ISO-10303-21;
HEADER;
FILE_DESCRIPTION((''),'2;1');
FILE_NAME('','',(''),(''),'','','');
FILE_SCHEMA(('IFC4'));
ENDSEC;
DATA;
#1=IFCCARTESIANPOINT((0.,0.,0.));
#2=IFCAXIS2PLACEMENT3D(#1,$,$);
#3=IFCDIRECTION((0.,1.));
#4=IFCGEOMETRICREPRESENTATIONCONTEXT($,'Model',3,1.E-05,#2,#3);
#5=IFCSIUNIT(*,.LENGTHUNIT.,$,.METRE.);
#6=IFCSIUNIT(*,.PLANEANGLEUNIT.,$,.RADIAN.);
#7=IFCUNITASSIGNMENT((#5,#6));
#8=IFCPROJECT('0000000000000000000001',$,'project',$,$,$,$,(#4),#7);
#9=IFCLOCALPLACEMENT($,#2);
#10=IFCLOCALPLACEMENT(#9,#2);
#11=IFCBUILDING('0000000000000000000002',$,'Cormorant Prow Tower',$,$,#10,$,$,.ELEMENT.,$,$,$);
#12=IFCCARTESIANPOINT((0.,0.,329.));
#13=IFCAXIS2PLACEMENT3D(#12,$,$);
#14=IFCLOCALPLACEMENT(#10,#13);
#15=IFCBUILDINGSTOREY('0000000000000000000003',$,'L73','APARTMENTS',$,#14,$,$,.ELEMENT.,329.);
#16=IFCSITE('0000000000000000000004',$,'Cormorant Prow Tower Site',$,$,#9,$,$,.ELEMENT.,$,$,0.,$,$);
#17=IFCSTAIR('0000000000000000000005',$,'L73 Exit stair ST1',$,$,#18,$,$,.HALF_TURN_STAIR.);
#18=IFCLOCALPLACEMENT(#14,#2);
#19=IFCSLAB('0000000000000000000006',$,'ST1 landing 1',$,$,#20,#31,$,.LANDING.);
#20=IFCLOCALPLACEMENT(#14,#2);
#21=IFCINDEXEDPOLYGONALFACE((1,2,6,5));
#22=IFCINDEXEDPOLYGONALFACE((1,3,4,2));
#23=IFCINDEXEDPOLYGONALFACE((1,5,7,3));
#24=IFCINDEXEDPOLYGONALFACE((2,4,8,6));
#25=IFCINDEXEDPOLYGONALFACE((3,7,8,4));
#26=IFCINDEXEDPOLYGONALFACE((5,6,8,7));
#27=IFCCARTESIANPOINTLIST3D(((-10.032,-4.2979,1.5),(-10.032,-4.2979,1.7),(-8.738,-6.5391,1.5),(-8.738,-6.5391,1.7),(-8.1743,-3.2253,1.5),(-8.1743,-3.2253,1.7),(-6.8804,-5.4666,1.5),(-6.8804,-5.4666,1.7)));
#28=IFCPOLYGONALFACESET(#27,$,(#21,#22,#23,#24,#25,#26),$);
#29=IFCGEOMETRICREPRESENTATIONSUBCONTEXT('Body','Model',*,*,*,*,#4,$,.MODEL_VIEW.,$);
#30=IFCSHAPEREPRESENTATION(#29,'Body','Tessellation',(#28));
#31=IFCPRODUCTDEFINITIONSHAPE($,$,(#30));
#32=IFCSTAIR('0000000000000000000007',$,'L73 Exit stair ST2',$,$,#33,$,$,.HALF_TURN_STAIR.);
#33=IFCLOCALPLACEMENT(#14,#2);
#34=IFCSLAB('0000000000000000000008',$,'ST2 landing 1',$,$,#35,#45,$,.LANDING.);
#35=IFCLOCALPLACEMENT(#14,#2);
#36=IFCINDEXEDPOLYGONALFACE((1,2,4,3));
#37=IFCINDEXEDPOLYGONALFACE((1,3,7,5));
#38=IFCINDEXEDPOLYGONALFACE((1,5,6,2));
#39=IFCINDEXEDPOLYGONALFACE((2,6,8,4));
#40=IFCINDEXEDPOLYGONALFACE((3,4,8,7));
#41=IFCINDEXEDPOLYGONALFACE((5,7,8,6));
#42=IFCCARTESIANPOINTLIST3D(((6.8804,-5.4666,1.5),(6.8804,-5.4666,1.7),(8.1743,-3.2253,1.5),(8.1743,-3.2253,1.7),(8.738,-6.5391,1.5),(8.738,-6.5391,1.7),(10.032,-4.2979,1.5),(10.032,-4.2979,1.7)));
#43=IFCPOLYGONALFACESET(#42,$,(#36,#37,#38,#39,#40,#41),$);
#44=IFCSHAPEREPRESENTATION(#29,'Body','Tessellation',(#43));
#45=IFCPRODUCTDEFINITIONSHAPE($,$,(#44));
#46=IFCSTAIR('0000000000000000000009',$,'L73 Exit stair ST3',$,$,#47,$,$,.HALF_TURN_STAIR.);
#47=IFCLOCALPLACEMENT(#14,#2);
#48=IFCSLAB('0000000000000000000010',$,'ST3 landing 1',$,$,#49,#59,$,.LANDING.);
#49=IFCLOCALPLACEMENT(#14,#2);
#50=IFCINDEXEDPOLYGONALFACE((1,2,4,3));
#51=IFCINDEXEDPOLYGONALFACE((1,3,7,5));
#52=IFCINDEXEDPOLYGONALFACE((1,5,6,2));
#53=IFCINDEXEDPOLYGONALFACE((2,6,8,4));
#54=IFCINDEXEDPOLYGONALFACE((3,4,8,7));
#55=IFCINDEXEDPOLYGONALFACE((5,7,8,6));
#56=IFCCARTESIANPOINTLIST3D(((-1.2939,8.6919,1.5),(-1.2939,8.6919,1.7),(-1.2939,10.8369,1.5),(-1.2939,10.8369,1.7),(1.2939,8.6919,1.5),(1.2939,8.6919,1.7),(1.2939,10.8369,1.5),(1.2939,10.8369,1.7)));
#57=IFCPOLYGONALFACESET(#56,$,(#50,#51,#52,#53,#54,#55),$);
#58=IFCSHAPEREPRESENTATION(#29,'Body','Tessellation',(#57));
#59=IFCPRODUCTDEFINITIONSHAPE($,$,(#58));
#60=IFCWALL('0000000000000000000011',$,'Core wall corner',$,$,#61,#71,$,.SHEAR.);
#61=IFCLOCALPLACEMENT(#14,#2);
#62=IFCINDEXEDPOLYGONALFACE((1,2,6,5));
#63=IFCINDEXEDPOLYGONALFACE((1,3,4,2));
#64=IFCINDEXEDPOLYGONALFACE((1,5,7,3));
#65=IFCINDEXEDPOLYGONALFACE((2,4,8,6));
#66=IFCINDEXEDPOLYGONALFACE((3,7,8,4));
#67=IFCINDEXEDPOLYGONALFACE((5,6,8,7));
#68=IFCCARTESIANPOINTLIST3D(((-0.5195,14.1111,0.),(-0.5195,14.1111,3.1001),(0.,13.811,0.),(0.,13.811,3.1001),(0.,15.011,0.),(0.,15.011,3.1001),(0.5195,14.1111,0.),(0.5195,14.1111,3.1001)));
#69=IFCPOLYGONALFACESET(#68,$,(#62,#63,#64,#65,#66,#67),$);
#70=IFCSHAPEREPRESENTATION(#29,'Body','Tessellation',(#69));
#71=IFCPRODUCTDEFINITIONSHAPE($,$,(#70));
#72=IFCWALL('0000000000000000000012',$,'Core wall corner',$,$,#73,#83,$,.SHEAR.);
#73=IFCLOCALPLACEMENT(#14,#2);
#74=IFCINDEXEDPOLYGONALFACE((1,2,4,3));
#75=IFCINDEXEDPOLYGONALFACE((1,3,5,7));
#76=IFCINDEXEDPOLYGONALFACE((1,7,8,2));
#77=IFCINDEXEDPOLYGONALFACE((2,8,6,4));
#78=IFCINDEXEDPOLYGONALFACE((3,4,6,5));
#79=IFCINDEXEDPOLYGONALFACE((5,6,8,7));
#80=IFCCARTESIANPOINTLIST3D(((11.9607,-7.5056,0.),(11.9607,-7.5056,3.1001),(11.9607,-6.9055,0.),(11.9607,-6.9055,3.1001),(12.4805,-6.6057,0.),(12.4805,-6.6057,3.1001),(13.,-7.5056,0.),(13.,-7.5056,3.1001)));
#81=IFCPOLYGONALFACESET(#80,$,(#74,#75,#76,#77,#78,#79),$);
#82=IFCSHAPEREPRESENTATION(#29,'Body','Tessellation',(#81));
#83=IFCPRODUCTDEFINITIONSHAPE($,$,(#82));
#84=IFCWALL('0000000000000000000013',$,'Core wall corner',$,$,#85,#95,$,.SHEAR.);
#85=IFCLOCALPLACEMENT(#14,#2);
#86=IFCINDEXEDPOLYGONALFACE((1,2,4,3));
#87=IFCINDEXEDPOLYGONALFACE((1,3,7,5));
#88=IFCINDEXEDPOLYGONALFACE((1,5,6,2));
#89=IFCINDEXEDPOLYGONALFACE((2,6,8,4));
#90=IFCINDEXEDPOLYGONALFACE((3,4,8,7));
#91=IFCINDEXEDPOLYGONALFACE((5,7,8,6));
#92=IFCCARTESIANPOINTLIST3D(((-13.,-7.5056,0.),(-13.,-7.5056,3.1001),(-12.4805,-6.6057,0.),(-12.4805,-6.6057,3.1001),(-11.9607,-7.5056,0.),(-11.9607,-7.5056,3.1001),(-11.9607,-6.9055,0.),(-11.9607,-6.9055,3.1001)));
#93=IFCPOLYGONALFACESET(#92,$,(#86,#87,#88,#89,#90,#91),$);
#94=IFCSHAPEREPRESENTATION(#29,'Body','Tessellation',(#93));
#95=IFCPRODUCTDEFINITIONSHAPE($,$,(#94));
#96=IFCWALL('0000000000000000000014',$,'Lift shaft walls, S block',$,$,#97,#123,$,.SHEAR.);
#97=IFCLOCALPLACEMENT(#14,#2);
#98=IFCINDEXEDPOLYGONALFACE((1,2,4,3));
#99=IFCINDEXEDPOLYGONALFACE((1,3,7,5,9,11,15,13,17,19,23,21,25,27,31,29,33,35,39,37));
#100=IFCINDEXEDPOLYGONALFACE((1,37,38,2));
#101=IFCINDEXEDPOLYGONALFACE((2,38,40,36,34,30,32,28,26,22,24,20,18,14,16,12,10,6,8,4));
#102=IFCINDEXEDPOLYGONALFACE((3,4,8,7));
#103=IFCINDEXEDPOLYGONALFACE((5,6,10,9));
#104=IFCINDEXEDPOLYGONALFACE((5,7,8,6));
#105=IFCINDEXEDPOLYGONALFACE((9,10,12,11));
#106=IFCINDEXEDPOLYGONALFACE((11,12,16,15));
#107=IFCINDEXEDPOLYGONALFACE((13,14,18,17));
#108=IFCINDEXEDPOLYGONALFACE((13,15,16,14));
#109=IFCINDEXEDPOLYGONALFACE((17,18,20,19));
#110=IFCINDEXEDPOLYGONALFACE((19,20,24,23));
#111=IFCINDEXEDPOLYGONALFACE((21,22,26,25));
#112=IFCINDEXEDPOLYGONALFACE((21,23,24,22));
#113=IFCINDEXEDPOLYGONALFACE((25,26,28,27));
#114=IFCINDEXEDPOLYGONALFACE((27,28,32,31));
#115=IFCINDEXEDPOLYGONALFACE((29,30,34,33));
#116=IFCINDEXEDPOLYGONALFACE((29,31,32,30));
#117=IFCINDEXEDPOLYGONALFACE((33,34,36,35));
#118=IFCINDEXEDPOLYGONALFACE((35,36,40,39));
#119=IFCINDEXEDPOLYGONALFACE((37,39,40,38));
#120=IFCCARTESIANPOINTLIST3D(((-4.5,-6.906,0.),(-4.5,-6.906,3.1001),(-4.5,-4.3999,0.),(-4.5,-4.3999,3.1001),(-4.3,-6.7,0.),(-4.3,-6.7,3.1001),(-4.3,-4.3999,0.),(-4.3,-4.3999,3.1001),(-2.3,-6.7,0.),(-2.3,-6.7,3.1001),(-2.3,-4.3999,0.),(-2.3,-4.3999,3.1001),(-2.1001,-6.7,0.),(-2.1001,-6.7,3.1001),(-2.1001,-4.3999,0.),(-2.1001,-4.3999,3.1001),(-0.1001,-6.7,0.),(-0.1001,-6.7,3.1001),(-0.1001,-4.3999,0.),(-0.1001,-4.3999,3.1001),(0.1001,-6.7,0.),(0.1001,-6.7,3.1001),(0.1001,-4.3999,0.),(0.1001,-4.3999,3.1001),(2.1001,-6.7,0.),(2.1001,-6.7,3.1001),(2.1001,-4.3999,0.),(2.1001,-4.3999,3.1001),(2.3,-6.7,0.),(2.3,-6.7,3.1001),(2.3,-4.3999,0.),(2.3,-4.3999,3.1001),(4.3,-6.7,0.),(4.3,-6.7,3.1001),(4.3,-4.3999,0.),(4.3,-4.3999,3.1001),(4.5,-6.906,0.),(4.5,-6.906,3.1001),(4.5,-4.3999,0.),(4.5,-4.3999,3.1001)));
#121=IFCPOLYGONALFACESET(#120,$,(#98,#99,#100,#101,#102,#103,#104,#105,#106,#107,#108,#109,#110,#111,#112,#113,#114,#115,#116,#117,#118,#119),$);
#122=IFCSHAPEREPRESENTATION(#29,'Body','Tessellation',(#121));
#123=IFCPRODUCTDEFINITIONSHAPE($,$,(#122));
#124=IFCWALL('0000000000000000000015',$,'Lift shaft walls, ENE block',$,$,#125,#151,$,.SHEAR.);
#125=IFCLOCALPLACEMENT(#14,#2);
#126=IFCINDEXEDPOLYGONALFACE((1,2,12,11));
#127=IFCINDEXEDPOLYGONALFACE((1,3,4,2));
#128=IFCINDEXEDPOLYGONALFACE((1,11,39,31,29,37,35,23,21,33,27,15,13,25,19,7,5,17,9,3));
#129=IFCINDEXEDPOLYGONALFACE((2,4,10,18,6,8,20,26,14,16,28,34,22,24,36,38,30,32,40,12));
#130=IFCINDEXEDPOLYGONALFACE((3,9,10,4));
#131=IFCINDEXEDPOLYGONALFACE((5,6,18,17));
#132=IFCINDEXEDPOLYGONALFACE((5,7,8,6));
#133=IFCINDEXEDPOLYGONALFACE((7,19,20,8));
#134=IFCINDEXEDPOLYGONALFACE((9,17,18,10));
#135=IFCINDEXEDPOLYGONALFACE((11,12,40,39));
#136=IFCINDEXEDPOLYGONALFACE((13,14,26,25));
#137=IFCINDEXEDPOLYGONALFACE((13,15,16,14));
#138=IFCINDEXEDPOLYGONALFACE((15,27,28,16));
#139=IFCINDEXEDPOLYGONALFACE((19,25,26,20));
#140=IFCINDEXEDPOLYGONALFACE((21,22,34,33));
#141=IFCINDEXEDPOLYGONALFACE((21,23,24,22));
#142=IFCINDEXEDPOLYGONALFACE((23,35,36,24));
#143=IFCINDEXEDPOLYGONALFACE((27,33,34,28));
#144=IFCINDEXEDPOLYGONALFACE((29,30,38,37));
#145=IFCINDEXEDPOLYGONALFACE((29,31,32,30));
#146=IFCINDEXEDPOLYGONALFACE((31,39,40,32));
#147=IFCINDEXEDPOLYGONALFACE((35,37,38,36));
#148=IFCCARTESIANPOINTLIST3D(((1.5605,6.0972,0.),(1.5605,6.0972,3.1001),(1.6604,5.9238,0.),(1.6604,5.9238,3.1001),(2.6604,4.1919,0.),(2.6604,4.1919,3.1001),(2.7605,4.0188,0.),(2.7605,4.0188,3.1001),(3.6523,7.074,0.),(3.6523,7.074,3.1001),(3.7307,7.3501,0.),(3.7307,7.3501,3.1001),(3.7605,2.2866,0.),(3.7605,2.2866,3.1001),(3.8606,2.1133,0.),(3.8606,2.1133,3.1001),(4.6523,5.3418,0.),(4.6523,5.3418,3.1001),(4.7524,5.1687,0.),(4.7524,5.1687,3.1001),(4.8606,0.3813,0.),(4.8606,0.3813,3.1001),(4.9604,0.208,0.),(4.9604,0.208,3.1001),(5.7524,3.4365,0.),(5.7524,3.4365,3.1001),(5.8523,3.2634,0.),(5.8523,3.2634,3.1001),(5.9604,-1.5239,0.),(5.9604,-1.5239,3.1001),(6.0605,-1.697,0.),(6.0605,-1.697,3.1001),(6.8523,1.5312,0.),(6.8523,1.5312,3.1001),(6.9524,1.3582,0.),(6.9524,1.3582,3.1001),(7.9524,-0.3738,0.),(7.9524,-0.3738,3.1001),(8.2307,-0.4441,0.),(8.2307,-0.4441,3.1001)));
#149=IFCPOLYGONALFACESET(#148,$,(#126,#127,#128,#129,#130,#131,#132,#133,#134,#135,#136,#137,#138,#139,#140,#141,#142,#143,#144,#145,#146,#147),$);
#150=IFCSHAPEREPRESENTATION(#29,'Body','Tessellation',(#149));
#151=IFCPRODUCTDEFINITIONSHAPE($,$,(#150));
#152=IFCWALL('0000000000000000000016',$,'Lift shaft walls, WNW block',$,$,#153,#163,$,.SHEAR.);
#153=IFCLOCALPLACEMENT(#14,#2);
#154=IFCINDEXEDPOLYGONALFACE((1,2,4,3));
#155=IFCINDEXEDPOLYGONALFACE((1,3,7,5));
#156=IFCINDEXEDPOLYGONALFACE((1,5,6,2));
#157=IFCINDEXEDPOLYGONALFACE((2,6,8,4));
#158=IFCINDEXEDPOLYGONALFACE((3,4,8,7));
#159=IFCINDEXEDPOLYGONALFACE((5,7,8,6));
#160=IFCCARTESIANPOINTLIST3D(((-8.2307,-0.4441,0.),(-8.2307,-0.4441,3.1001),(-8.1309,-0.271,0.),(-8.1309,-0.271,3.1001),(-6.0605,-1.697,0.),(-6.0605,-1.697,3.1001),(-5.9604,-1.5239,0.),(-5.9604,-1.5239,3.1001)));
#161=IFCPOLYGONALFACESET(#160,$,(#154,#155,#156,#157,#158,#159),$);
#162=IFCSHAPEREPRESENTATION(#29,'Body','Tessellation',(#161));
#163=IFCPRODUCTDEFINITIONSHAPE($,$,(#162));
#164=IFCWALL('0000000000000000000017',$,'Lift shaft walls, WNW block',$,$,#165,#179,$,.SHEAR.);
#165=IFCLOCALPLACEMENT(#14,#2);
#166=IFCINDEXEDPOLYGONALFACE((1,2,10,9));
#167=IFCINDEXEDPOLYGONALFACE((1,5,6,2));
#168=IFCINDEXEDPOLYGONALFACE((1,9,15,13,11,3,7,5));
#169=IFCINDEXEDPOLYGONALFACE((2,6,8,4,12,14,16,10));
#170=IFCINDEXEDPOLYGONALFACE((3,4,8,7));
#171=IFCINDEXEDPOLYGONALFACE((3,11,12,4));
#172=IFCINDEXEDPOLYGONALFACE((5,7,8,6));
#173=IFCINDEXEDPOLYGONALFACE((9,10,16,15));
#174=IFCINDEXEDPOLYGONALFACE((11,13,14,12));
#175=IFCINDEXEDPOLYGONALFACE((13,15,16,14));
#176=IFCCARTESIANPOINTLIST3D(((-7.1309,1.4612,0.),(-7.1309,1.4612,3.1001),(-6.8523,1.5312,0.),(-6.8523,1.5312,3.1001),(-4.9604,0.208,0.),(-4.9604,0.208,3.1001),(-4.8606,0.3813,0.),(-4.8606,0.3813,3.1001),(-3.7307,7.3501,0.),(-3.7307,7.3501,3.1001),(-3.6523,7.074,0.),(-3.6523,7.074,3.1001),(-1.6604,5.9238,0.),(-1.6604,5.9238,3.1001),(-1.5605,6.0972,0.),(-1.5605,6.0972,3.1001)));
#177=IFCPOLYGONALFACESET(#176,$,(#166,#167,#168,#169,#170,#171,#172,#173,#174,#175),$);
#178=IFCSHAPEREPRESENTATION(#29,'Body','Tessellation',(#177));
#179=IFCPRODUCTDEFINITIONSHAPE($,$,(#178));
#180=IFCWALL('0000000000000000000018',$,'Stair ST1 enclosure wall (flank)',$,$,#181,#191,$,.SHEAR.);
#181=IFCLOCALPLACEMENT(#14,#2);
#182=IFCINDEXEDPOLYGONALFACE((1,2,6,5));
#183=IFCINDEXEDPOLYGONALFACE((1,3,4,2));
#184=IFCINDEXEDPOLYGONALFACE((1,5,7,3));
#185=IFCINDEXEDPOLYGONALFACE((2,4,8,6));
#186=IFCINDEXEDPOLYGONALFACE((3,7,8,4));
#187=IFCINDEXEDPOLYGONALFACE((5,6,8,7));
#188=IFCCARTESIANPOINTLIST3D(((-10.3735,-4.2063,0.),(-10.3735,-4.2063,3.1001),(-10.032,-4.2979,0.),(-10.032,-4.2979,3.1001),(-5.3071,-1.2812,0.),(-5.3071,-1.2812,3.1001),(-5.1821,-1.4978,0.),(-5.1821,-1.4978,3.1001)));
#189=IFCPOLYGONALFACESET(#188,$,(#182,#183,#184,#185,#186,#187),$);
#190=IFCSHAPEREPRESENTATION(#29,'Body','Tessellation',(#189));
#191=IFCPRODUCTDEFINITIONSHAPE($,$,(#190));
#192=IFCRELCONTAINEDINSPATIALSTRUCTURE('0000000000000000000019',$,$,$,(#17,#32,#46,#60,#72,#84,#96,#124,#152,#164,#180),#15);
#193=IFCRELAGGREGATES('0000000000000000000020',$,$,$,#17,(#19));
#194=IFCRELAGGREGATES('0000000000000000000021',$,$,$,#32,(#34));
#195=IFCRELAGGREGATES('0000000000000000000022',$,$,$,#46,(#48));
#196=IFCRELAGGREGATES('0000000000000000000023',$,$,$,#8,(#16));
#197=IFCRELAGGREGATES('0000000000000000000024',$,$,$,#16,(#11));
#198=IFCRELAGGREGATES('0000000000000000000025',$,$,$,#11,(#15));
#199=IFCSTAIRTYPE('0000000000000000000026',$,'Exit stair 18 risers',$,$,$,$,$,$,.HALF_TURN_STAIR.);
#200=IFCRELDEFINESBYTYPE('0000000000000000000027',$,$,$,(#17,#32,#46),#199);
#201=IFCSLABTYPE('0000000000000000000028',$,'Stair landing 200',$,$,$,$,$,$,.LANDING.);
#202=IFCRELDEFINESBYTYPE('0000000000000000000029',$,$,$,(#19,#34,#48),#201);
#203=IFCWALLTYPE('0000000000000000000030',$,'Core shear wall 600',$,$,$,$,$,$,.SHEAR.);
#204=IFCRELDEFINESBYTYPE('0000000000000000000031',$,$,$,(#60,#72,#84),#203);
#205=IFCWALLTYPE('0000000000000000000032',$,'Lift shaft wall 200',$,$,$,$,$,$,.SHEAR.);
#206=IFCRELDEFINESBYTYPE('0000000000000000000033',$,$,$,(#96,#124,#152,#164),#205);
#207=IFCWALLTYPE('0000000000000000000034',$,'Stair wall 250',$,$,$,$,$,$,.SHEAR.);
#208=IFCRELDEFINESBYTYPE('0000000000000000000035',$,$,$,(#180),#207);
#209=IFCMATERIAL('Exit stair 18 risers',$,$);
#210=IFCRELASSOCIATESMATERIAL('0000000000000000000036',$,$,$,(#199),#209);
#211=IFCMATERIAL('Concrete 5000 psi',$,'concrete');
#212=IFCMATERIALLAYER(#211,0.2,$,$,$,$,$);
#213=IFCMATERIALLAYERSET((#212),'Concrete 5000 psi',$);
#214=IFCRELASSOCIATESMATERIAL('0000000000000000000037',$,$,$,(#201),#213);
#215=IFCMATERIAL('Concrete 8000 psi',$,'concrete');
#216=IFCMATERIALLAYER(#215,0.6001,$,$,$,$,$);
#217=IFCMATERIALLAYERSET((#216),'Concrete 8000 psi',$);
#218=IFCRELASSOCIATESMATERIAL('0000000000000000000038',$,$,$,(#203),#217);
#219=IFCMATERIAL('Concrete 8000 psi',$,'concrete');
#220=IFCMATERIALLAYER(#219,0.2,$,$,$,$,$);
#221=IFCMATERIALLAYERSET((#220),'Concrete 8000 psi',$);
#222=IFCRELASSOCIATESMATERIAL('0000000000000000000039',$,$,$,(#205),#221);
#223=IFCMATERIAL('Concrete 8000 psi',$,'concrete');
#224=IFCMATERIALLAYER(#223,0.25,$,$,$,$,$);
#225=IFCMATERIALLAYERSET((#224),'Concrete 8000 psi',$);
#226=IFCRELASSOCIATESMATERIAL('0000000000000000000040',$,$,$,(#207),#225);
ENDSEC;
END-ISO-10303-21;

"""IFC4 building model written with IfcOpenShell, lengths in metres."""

from ifc_helpers import new_model, si_unit, direction, frame, origin, place, context, subcontext, project, spatial, polyline, outline, extrude, material, layer, layer_set, type_object, element, aggregate, save


model = new_model("IFC4")

# Units and contexts
model_context = context("Model", 3, precision=1e-05, world=origin(), true_north=direction((0.0, 1.0)))
body_context = subcontext(model_context, "Body", "Model", "MODEL_VIEW")
ifc_project = project(units=[si_unit("LENGTHUNIT", "METRE"), si_unit("PLANEANGLEUNIT", "RADIAN")], contexts=[model_context])

# Site, building, storey
site_placement = place(None, origin())
site = spatial("IfcSite", under=ifc_project, at=site_placement, Name="Cormorant Prow Tower Site", CompositionType="ELEMENT", RefElevation=0.0)
building_placement = place(site_placement, origin())
building = spatial("IfcBuilding", under=site, at=building_placement, Name="Cormorant Prow Tower", CompositionType="ELEMENT")
storey_placement = place(building_placement, frame((0.0, 0.0, 329.0)))
storey = spatial("IfcBuildingStorey", under=building, at=storey_placement, Name="L73", Description="APARTMENTS", CompositionType="ELEMENT", Elevation=329.0)

# Stairs, slabs
ifc_material_1 = material(Name="Exit stair 18 risers")
stair_type = type_object("IfcStairType", Name="Exit stair 18 risers", PredefinedType="HALF_TURN_STAIR", material=ifc_material_1)
stair_1_placement = place(storey_placement, origin())
stair_1 = element("IfcStair", 1, at=stair_1_placement, inside=storey, type_object=stair_type, Name="L73 Exit stair ST1", PredefinedType="HALF_TURN_STAIR")
ifc_material_2 = material(Name="Concrete 5000 psi", Category="concrete")
ifc_layer_1 = layer(ifc_material_2, 0.2)
ifc_layer_set_1 = layer_set([ifc_layer_1], Name="Concrete 5000 psi")
slab_type = type_object("IfcSlabType", Name="Stair landing 200", PredefinedType="LANDING", material=ifc_layer_set_1)
slab_1_placement = place(storey_placement, frame((0.0, 0.0, 1.5)))
slab_1 = element("IfcSlab", 2, at=slab_1_placement, type_object=slab_type, Name="ST1 landing 1", PredefinedType="LANDING", context=body_context, shape_type="SweptSolid", body=[
    extrude(outline(polyline([(-8.1743, -3.2253), (-10.032, -4.2979), (-8.738, -6.5391), (-6.8804, -5.4666), (-8.1743, -3.2253)])), origin(), (0.0, 0.0, 1.0), 0.2),
])
aggregate(stair_1, [slab_1])
stair_2_placement = place(storey_placement, origin())
stair_2 = element("IfcStair", 3, at=stair_2_placement, inside=storey, type_object=stair_type, Name="L73 Exit stair ST2", PredefinedType="HALF_TURN_STAIR")
slab_2_placement = place(storey_placement, frame((0.0, 0.0, 1.5)))
slab_2 = element("IfcSlab", 4, at=slab_2_placement, type_object=slab_type, Name="ST2 landing 1", PredefinedType="LANDING", context=body_context, shape_type="SweptSolid", body=[
    extrude(outline(polyline([(6.8804, -5.4666), (8.738, -6.5391), (10.032, -4.2979), (8.1743, -3.2253), (6.8804, -5.4666)])), origin(), (0.0, 0.0, 1.0), 0.2),
])
aggregate(stair_2, [slab_2])
stair_3_placement = place(storey_placement, origin())
stair_3 = element("IfcStair", 5, at=stair_3_placement, inside=storey, type_object=stair_type, Name="L73 Exit stair ST3", PredefinedType="HALF_TURN_STAIR")
slab_3_placement = place(storey_placement, frame((0.0, 0.0, 1.5)))
slab_3 = element("IfcSlab", 6, at=slab_3_placement, type_object=slab_type, Name="ST3 landing 1", PredefinedType="LANDING", context=body_context, shape_type="SweptSolid", body=[
    extrude(outline(polyline([(1.2939, 8.6919), (1.2939, 10.8369), (-1.2939, 10.8369), (-1.2939, 8.6919), (1.2939, 8.6919)])), origin(), (0.0, 0.0, 1.0), 0.2),
])

# Walls
ifc_material_3 = material(Name="Concrete 8000 psi", Category="concrete")
ifc_layer_2 = layer(ifc_material_3, 0.6001)
ifc_layer_set_2 = layer_set([ifc_layer_2], Name="Concrete 8000 psi")
wall_type_1 = type_object("IfcWallType", Name="Core shear wall 600", PredefinedType="SHEAR", material=ifc_layer_set_2)
wall_1_placement = place(storey_placement, origin())
element("IfcWall", 7, at=wall_1_placement, inside=storey, type_object=wall_type_1, Name="Core wall corner", PredefinedType="SHEAR", context=body_context, shape_type="SweptSolid", body=[
    extrude(outline(polyline([(-0.5195, 14.1111), (0.0, 15.011), (0.5195, 14.1111), (0.0, 13.811), (-0.5195, 14.1111)])), origin(), (0.0, 0.0, 1.0), 3.1001),
])
wall_2_placement = place(storey_placement, origin())
element("IfcWall", 8, at=wall_2_placement, inside=storey, type_object=wall_type_1, Name="Core wall corner", PredefinedType="SHEAR", context=body_context, shape_type="SweptSolid", body=[
    extrude(outline(polyline([(11.9607, -7.5056), (11.9607, -6.9055), (12.4805, -6.6057), (13.0, -7.5056), (11.9607, -7.5056)])), origin(), (0.0, 0.0, 1.0), 3.1001),
])
wall_3_placement = place(storey_placement, origin())
element("IfcWall", 9, at=wall_3_placement, inside=storey, type_object=wall_type_1, Name="Core wall corner", PredefinedType="SHEAR", context=body_context, shape_type="SweptSolid", body=[
    extrude(outline(polyline([(-12.4805, -6.6057), (-11.9607, -6.9055), (-11.9607, -7.5056), (-13.0, -7.5056), (-12.4805, -6.6057)])), origin(), (0.0, 0.0, 1.0), 3.1001),
])
ifc_material_4 = material(Name="Concrete 8000 psi", Category="concrete")
ifc_layer_3 = layer(ifc_material_4, 0.2)
ifc_layer_set_3 = layer_set([ifc_layer_3], Name="Concrete 8000 psi")
wall_type_2 = type_object("IfcWallType", Name="Lift shaft wall 200", PredefinedType="SHEAR", material=ifc_layer_set_3)
wall_4_placement = place(storey_placement, origin())
element("IfcWall", 10, at=wall_4_placement, inside=storey, type_object=wall_type_2, Name="Lift shaft walls, S block", PredefinedType="SHEAR", context=body_context, shape_type="SweptSolid", body=[
    extrude(outline(polyline([(4.5, -4.3999), (4.5, -6.906), (-4.5, -6.906), (-4.5, -4.3999), (-4.3, -4.3999), (-4.3, -6.7), (-2.3, -6.7), (-2.3, -4.3999), (-2.1001, -4.3999), (-2.1001, -6.7), (-0.1001, -6.7), (-0.1001, -4.3999), (0.1001, -4.3999), (0.1001, -6.7), (2.1001, -6.7), (2.1001, -4.3999), (2.3, -4.3999), (2.3, -6.7), (4.3, -6.7), (4.3, -4.3999), (4.5, -4.3999)])), origin(), (0.0, 0.0, 1.0), 3.1001),
])
wall_5_placement = place(storey_placement, origin())
element("IfcWall", 11, at=wall_5_placement, inside=storey, type_object=wall_type_2, Name="Lift shaft walls, ENE block", PredefinedType="SHEAR", context=body_context, shape_type="SweptSolid", body=[
    extrude(outline(polyline([(1.5605, 6.0972), (3.7307, 7.3501), (8.2307, -0.4441), (6.0605, -1.697), (5.9604, -1.5239), (7.9524, -0.3738), (6.9524, 1.3582), (4.9604, 0.208), (4.8606, 0.3813), (6.8523, 1.5312), (5.8523, 3.2634), (3.8606, 2.1133), (3.7605, 2.2866), (5.7524, 3.4365), (4.7524, 5.1687), (2.7605, 4.0188), (2.6604, 4.1919), (4.6523, 5.3418), (3.6523, 7.074), (1.6604, 5.9238), (1.5605, 6.0972)])), origin(), (0.0, 0.0, 1.0), 3.1001),
])
wall_6_placement = place(storey_placement, origin())
element("IfcWall", 12, at=wall_6_placement, inside=storey, type_object=wall_type_2, Name="Lift shaft walls, WNW block", PredefinedType="SHEAR", context=body_context, shape_type="SweptSolid", body=[
    extrude(outline(polyline([(-6.0605, -1.697), (-8.2307, -0.4441), (-8.1309, -0.271), (-5.9604, -1.5239), (-6.0605, -1.697)])), origin(), (0.0, 0.0, 1.0), 3.1001),
])
wall_7_placement = place(storey_placement, origin())
element("IfcWall", 13, at=wall_7_placement, inside=storey, type_object=wall_type_2, Name="Lift shaft walls, WNW block", PredefinedType="SHEAR", context=body_context, shape_type="SweptSolid", body=[
    extrude(outline(polyline([(-4.9604, 0.208), (-7.1309, 1.4612), (-3.7307, 7.3501), (-1.5605, 6.0972), (-1.6604, 5.9238), (-3.6523, 7.074), (-6.8523, 1.5312), (-4.8606, 0.3813), (-4.9604, 0.208)])), origin(), (0.0, 0.0, 1.0), 3.1001),
])
ifc_material_5 = material(Name="Concrete 8000 psi", Category="concrete")
ifc_layer_4 = layer(ifc_material_5, 0.25)
ifc_layer_set_4 = layer_set([ifc_layer_4], Name="Concrete 8000 psi")
wall_type_3 = type_object("IfcWallType", Name="Stair wall 250", PredefinedType="SHEAR", material=ifc_layer_set_4)
wall_8_placement = place(storey_placement, origin())
element("IfcWall", 14, at=wall_8_placement, inside=storey, type_object=wall_type_3, Name="Stair ST1 enclosure wall (flank)", PredefinedType="SHEAR", context=body_context, shape_type="SweptSolid", body=[
    extrude(outline(polyline([(-5.3071, -1.2812), (-10.3735, -4.2063), (-10.032, -4.2979), (-5.1821, -1.4978), (-5.3071, -1.2812)])), origin(), (0.0, 0.0, 1.0), 3.1001),
])

aggregate(stair_3, [slab_3])

save(model, "model.ifc")
